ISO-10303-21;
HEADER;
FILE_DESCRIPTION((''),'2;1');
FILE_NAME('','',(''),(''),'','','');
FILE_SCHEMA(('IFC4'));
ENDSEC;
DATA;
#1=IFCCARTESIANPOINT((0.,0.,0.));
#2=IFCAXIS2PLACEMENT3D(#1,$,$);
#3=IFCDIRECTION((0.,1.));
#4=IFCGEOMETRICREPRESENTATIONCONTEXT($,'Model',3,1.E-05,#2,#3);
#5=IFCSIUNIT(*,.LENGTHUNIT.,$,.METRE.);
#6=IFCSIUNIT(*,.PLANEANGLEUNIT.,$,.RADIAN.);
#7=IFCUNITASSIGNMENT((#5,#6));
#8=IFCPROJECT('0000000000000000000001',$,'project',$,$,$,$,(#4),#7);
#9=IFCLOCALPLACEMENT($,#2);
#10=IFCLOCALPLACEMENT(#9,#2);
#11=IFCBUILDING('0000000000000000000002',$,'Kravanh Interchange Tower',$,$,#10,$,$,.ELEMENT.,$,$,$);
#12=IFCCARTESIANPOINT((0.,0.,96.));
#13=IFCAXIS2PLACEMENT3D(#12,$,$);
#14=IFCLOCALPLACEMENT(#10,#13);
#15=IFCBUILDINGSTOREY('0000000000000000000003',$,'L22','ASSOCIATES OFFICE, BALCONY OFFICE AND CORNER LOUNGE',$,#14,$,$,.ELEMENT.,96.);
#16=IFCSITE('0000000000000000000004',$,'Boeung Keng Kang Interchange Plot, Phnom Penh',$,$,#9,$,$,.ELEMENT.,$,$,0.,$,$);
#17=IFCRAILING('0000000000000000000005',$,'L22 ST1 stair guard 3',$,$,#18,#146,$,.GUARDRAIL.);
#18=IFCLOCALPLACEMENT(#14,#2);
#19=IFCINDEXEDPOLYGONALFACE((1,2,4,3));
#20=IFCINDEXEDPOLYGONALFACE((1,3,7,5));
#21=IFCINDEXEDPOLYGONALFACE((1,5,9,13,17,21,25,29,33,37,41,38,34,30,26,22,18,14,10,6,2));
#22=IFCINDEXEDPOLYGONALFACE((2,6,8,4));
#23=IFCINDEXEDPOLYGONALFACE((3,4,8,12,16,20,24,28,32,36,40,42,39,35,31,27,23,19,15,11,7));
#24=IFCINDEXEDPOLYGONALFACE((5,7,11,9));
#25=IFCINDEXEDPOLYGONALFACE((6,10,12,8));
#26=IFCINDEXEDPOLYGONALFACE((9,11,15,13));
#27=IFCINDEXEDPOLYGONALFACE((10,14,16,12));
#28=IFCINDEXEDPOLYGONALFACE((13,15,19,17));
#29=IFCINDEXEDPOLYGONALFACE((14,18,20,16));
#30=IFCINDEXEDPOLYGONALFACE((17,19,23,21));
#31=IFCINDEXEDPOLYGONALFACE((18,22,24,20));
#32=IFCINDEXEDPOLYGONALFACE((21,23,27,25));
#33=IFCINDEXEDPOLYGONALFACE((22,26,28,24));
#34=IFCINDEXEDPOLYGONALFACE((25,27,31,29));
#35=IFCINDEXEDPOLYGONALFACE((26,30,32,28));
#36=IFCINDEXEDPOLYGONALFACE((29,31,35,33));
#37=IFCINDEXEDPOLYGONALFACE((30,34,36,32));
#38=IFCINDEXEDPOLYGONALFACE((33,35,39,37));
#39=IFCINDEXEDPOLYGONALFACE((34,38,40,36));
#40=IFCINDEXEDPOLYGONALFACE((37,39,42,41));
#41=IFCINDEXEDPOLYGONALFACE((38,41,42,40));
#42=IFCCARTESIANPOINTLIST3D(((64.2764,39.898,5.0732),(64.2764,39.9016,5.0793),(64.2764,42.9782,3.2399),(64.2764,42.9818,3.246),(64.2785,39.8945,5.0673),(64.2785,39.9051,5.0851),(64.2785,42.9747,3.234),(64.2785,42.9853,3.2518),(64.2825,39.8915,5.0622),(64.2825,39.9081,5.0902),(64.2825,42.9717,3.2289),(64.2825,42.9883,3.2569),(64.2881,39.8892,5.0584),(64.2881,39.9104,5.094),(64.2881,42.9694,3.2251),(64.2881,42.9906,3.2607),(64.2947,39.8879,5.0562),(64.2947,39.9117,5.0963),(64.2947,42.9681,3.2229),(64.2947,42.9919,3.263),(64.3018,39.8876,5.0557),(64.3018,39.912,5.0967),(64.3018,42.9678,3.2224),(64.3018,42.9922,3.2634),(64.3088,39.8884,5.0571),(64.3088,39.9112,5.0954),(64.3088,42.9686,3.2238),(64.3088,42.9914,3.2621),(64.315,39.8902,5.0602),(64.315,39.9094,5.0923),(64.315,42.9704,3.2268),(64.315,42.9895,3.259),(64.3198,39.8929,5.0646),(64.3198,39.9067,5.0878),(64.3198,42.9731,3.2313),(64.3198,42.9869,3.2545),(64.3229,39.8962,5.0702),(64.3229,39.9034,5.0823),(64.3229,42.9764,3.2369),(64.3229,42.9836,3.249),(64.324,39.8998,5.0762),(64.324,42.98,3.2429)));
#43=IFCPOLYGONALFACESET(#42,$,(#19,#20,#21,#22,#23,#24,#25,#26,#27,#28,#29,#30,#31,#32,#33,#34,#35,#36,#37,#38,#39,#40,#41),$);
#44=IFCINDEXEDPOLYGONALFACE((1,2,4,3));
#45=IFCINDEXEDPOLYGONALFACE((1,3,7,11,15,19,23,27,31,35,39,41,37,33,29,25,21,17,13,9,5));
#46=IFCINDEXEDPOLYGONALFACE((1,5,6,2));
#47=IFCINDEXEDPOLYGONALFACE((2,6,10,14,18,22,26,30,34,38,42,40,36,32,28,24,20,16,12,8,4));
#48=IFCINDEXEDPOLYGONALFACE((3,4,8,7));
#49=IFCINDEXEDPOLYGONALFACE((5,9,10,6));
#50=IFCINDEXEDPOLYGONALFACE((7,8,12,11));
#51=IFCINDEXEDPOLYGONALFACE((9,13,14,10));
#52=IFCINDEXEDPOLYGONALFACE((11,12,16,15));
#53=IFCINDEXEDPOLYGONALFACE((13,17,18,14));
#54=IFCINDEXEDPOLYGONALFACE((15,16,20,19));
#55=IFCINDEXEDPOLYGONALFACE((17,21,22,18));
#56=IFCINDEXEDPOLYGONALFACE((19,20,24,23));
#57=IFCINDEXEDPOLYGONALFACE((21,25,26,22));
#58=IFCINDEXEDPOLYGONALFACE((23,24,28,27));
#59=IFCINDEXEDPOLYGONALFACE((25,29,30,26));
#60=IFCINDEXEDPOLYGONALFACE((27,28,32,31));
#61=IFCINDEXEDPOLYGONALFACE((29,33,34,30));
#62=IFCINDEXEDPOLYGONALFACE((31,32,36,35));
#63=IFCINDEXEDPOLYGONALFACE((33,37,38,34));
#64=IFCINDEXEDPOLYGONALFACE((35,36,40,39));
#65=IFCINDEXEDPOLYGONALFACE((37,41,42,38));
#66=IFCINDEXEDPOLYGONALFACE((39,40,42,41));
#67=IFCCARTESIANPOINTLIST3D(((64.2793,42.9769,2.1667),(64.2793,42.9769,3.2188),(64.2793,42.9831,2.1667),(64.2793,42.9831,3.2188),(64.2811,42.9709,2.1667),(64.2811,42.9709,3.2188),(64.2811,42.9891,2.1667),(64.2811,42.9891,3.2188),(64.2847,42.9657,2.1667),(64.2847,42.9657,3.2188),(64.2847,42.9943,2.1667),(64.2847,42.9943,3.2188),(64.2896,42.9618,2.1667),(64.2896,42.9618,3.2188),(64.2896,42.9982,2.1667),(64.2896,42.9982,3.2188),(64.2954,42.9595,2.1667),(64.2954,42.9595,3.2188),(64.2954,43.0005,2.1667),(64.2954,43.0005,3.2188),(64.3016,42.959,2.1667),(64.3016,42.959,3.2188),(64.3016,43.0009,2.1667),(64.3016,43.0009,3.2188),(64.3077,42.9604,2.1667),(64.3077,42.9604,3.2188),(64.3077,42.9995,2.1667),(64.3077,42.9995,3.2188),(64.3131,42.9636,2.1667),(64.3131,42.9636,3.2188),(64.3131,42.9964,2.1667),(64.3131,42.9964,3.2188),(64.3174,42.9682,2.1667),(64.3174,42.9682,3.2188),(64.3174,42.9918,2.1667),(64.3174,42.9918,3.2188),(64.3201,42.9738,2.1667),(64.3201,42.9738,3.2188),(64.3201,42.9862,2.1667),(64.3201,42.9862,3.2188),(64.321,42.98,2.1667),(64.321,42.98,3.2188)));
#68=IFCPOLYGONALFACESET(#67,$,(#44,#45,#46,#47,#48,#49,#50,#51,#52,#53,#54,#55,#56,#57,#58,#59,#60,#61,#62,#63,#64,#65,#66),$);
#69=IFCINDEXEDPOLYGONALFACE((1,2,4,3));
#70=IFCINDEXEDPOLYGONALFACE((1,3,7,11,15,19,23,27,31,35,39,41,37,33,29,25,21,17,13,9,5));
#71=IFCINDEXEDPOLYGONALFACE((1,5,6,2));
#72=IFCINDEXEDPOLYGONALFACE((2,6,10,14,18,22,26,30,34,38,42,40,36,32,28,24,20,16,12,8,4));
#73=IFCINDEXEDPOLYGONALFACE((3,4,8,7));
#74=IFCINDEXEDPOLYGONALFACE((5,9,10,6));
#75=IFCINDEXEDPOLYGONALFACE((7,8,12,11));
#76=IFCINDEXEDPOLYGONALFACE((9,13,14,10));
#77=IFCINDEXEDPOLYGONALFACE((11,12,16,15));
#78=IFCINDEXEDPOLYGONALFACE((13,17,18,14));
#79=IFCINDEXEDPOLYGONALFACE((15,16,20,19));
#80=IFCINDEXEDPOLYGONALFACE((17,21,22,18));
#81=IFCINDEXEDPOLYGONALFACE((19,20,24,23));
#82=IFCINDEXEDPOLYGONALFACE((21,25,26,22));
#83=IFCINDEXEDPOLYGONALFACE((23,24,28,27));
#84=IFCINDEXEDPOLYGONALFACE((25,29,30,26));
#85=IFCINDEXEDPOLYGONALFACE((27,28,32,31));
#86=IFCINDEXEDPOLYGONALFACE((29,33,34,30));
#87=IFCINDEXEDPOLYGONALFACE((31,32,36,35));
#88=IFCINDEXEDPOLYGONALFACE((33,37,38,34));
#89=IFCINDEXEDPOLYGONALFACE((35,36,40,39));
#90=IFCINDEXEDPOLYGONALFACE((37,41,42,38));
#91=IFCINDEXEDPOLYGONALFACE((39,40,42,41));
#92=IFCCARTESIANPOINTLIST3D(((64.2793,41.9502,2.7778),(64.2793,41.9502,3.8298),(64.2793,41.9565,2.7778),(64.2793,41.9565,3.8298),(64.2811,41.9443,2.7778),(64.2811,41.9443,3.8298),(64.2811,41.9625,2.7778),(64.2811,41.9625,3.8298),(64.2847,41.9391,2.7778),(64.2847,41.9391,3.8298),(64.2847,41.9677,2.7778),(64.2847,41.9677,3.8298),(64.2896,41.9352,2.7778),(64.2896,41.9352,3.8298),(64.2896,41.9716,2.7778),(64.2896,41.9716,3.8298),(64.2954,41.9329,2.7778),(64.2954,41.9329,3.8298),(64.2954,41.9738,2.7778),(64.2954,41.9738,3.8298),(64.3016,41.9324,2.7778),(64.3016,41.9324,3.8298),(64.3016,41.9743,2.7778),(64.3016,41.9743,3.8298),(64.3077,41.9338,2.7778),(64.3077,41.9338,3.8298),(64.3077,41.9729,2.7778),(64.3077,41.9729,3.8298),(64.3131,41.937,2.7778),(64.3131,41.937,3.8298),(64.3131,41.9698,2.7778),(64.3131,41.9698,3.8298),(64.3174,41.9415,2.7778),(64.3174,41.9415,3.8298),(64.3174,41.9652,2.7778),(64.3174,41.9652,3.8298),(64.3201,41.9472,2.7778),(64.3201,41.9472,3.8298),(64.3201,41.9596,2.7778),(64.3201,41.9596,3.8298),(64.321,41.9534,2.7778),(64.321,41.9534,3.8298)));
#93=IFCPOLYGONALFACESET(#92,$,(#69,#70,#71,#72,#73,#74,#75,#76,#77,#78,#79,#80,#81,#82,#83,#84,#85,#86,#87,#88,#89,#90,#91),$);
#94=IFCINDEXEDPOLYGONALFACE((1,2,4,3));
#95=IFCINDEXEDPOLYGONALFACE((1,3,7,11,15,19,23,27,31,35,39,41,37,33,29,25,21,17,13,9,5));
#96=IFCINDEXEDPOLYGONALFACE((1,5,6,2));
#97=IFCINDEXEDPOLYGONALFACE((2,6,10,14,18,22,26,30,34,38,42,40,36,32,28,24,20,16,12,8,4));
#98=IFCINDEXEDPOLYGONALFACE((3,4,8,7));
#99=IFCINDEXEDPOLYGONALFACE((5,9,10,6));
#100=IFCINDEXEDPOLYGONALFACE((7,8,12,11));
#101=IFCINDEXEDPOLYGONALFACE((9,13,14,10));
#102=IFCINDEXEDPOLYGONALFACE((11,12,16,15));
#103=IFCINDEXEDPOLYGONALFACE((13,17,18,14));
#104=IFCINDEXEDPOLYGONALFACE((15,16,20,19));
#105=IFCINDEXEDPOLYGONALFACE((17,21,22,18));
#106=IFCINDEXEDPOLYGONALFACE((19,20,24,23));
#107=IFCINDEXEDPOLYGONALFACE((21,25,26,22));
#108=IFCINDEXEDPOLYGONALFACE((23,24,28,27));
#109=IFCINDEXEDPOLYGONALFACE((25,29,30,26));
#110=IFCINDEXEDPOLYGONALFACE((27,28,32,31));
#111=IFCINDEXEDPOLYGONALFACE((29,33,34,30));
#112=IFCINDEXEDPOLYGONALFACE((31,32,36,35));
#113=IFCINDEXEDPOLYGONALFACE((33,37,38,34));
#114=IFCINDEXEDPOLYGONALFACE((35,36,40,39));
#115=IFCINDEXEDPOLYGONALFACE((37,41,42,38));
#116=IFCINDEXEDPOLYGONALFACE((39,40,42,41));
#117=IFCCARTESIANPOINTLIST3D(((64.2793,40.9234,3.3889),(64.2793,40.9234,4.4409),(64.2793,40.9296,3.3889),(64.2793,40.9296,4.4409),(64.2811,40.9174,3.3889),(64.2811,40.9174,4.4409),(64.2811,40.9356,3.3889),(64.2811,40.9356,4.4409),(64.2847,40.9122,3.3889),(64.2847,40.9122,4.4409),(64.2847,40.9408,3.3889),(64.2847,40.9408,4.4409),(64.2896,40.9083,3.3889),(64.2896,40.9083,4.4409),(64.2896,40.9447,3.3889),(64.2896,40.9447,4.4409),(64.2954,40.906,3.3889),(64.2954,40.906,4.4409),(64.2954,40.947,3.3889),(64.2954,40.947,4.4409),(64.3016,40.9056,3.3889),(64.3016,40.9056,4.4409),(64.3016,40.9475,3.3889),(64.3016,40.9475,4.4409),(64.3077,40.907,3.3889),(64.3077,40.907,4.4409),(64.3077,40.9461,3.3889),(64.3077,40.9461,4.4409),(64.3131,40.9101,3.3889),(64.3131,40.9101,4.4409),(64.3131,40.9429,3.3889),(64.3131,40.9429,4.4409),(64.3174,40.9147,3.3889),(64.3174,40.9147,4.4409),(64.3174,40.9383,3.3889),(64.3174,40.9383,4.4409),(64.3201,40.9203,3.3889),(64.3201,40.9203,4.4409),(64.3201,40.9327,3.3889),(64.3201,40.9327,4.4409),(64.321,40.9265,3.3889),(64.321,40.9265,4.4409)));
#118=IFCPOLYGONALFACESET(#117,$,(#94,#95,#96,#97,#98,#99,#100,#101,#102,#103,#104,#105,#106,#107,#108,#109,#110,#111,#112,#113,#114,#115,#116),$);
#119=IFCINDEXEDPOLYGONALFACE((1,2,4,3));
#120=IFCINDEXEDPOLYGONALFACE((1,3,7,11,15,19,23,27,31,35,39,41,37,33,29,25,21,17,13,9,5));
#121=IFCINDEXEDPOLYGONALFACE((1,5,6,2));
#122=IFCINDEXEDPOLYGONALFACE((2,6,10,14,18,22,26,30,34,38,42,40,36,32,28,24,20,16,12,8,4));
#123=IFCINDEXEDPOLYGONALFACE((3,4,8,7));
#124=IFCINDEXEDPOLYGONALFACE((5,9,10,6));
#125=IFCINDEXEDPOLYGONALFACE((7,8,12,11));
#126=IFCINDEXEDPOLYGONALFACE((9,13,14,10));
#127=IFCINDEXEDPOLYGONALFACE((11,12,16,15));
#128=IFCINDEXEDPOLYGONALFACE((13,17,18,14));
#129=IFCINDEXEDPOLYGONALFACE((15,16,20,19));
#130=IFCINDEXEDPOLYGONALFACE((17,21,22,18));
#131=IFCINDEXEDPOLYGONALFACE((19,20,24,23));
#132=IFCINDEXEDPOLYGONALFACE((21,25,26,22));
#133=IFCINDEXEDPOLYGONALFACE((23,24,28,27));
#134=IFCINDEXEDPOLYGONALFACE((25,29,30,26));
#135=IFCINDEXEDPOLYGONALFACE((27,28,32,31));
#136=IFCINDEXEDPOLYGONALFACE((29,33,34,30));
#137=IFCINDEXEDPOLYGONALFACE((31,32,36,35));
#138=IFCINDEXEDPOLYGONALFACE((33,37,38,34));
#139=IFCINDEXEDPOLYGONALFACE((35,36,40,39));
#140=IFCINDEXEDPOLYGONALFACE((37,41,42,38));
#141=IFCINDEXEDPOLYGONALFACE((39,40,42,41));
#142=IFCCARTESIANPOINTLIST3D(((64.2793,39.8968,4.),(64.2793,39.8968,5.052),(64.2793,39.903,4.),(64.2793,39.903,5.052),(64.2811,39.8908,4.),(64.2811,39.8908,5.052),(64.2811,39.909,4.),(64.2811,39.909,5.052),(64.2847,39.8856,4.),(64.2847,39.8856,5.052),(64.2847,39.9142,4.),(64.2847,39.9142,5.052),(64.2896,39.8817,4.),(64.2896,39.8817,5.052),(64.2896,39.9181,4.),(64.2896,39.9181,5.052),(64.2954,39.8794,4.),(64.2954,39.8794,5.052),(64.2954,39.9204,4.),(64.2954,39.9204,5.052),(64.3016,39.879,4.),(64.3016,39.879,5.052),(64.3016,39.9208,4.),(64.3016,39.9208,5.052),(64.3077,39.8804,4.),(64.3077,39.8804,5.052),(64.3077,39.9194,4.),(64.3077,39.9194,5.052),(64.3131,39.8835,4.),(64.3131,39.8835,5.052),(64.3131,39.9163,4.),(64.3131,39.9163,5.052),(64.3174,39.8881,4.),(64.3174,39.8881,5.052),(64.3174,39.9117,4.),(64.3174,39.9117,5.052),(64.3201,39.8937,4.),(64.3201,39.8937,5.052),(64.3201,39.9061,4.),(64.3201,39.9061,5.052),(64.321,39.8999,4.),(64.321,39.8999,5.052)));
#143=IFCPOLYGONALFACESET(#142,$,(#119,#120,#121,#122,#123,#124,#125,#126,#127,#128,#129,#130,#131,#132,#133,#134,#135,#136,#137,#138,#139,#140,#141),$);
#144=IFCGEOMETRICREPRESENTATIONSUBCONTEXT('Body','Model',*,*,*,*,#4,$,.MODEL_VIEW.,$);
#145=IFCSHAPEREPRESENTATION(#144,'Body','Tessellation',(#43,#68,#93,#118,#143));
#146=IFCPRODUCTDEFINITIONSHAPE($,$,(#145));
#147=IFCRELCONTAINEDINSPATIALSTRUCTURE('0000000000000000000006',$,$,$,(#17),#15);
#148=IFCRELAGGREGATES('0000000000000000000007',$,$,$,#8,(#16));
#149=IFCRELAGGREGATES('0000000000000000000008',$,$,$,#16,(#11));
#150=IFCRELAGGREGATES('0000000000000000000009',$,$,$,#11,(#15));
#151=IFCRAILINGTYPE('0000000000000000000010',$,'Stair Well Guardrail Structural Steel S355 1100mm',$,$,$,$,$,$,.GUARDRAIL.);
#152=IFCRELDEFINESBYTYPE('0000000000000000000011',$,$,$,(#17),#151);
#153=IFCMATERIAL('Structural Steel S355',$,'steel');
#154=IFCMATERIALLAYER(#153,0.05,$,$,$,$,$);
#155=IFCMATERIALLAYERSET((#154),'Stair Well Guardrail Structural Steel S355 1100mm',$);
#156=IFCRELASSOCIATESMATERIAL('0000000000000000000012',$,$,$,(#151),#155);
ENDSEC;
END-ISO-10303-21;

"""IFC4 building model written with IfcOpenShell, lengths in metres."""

from ifc_helpers import new_model, si_unit, direction, frame, origin, origin_2d, place, context, subcontext, project, spatial, circle, extrude, material, layer, layer_set, type_object, element, save


model = new_model("IFC4")

# Units and contexts
model_context = context("Model", 3, precision=1e-05, world=origin(), true_north=direction((0.0, 1.0)))
body_context = subcontext(model_context, "Body", "Model", "MODEL_VIEW")
ifc_project = project(units=[si_unit("LENGTHUNIT", "METRE"), si_unit("PLANEANGLEUNIT", "RADIAN")], contexts=[model_context])

# Site, building, storey
site_placement = place(None, origin())
site = spatial("IfcSite", under=ifc_project, at=site_placement, Name="Boeung Keng Kang Interchange Plot, Phnom Penh", CompositionType="ELEMENT", RefElevation=0.0)
building_placement = place(site_placement, origin())
building = spatial("IfcBuilding", under=site, at=building_placement, Name="Kravanh Interchange Tower", CompositionType="ELEMENT")
storey_placement = place(building_placement, frame((0.0, 0.0, 96.0)))
storey = spatial("IfcBuildingStorey", under=building, at=storey_placement, Name="L22", Description="ASSOCIATES OFFICE, BALCONY OFFICE AND CORNER LOUNGE", CompositionType="ELEMENT", Elevation=96.0)

# Railing
ifc_material_1 = material(Name="Structural Steel S355", Category="steel")
ifc_layer_1 = layer(ifc_material_1, 0.05)
ifc_layer_set_1 = layer_set([ifc_layer_1], Name="Stair Well Guardrail Structural Steel S355 1100mm")
railing_type_1 = type_object("IfcRailingType", Name="Stair Well Guardrail Structural Steel S355 1100mm", PredefinedType="GUARDRAIL", material=ifc_layer_set_1)
railing_1_placement = place(storey_placement, frame((64.3, 42.98, 2.1667)))
element("IfcRailing", 1, at=railing_1_placement, inside=storey, type_object=railing_type_1, Name="L22 ST1 stair guard 3", PredefinedType="GUARDRAIL", context=body_context, shape_type="SweptSolid", body=[
    extrude(circle(Radius=0.0239, at=origin_2d()), frame((0.0, 0.0, 1.0762), z_axis=(0.0, -0.859309, 0.511458), x_axis=(1.0, 0.0, 0.0)), (0.0, 0.0, 1.0), 3.5845),
    extrude(circle(Radius=0.021, at=origin_2d()), origin(), (0.0, 0.0, 1.0), 1.052),
    extrude(circle(Radius=0.021, at=origin_2d()), frame((0.0, -1.0266, 0.6111)), (0.0, 0.0, 1.0), 1.052),
    extrude(circle(Radius=0.021, at=origin_2d()), frame((0.0, -2.0535, 1.2222)), (0.0, 0.0, 1.0), 1.052),
    extrude(circle(Radius=0.021, at=origin_2d()), frame((0.0, -3.0801, 1.8333)), (0.0, 0.0, 1.0), 1.052),
])

save(model, "model.ifc")
